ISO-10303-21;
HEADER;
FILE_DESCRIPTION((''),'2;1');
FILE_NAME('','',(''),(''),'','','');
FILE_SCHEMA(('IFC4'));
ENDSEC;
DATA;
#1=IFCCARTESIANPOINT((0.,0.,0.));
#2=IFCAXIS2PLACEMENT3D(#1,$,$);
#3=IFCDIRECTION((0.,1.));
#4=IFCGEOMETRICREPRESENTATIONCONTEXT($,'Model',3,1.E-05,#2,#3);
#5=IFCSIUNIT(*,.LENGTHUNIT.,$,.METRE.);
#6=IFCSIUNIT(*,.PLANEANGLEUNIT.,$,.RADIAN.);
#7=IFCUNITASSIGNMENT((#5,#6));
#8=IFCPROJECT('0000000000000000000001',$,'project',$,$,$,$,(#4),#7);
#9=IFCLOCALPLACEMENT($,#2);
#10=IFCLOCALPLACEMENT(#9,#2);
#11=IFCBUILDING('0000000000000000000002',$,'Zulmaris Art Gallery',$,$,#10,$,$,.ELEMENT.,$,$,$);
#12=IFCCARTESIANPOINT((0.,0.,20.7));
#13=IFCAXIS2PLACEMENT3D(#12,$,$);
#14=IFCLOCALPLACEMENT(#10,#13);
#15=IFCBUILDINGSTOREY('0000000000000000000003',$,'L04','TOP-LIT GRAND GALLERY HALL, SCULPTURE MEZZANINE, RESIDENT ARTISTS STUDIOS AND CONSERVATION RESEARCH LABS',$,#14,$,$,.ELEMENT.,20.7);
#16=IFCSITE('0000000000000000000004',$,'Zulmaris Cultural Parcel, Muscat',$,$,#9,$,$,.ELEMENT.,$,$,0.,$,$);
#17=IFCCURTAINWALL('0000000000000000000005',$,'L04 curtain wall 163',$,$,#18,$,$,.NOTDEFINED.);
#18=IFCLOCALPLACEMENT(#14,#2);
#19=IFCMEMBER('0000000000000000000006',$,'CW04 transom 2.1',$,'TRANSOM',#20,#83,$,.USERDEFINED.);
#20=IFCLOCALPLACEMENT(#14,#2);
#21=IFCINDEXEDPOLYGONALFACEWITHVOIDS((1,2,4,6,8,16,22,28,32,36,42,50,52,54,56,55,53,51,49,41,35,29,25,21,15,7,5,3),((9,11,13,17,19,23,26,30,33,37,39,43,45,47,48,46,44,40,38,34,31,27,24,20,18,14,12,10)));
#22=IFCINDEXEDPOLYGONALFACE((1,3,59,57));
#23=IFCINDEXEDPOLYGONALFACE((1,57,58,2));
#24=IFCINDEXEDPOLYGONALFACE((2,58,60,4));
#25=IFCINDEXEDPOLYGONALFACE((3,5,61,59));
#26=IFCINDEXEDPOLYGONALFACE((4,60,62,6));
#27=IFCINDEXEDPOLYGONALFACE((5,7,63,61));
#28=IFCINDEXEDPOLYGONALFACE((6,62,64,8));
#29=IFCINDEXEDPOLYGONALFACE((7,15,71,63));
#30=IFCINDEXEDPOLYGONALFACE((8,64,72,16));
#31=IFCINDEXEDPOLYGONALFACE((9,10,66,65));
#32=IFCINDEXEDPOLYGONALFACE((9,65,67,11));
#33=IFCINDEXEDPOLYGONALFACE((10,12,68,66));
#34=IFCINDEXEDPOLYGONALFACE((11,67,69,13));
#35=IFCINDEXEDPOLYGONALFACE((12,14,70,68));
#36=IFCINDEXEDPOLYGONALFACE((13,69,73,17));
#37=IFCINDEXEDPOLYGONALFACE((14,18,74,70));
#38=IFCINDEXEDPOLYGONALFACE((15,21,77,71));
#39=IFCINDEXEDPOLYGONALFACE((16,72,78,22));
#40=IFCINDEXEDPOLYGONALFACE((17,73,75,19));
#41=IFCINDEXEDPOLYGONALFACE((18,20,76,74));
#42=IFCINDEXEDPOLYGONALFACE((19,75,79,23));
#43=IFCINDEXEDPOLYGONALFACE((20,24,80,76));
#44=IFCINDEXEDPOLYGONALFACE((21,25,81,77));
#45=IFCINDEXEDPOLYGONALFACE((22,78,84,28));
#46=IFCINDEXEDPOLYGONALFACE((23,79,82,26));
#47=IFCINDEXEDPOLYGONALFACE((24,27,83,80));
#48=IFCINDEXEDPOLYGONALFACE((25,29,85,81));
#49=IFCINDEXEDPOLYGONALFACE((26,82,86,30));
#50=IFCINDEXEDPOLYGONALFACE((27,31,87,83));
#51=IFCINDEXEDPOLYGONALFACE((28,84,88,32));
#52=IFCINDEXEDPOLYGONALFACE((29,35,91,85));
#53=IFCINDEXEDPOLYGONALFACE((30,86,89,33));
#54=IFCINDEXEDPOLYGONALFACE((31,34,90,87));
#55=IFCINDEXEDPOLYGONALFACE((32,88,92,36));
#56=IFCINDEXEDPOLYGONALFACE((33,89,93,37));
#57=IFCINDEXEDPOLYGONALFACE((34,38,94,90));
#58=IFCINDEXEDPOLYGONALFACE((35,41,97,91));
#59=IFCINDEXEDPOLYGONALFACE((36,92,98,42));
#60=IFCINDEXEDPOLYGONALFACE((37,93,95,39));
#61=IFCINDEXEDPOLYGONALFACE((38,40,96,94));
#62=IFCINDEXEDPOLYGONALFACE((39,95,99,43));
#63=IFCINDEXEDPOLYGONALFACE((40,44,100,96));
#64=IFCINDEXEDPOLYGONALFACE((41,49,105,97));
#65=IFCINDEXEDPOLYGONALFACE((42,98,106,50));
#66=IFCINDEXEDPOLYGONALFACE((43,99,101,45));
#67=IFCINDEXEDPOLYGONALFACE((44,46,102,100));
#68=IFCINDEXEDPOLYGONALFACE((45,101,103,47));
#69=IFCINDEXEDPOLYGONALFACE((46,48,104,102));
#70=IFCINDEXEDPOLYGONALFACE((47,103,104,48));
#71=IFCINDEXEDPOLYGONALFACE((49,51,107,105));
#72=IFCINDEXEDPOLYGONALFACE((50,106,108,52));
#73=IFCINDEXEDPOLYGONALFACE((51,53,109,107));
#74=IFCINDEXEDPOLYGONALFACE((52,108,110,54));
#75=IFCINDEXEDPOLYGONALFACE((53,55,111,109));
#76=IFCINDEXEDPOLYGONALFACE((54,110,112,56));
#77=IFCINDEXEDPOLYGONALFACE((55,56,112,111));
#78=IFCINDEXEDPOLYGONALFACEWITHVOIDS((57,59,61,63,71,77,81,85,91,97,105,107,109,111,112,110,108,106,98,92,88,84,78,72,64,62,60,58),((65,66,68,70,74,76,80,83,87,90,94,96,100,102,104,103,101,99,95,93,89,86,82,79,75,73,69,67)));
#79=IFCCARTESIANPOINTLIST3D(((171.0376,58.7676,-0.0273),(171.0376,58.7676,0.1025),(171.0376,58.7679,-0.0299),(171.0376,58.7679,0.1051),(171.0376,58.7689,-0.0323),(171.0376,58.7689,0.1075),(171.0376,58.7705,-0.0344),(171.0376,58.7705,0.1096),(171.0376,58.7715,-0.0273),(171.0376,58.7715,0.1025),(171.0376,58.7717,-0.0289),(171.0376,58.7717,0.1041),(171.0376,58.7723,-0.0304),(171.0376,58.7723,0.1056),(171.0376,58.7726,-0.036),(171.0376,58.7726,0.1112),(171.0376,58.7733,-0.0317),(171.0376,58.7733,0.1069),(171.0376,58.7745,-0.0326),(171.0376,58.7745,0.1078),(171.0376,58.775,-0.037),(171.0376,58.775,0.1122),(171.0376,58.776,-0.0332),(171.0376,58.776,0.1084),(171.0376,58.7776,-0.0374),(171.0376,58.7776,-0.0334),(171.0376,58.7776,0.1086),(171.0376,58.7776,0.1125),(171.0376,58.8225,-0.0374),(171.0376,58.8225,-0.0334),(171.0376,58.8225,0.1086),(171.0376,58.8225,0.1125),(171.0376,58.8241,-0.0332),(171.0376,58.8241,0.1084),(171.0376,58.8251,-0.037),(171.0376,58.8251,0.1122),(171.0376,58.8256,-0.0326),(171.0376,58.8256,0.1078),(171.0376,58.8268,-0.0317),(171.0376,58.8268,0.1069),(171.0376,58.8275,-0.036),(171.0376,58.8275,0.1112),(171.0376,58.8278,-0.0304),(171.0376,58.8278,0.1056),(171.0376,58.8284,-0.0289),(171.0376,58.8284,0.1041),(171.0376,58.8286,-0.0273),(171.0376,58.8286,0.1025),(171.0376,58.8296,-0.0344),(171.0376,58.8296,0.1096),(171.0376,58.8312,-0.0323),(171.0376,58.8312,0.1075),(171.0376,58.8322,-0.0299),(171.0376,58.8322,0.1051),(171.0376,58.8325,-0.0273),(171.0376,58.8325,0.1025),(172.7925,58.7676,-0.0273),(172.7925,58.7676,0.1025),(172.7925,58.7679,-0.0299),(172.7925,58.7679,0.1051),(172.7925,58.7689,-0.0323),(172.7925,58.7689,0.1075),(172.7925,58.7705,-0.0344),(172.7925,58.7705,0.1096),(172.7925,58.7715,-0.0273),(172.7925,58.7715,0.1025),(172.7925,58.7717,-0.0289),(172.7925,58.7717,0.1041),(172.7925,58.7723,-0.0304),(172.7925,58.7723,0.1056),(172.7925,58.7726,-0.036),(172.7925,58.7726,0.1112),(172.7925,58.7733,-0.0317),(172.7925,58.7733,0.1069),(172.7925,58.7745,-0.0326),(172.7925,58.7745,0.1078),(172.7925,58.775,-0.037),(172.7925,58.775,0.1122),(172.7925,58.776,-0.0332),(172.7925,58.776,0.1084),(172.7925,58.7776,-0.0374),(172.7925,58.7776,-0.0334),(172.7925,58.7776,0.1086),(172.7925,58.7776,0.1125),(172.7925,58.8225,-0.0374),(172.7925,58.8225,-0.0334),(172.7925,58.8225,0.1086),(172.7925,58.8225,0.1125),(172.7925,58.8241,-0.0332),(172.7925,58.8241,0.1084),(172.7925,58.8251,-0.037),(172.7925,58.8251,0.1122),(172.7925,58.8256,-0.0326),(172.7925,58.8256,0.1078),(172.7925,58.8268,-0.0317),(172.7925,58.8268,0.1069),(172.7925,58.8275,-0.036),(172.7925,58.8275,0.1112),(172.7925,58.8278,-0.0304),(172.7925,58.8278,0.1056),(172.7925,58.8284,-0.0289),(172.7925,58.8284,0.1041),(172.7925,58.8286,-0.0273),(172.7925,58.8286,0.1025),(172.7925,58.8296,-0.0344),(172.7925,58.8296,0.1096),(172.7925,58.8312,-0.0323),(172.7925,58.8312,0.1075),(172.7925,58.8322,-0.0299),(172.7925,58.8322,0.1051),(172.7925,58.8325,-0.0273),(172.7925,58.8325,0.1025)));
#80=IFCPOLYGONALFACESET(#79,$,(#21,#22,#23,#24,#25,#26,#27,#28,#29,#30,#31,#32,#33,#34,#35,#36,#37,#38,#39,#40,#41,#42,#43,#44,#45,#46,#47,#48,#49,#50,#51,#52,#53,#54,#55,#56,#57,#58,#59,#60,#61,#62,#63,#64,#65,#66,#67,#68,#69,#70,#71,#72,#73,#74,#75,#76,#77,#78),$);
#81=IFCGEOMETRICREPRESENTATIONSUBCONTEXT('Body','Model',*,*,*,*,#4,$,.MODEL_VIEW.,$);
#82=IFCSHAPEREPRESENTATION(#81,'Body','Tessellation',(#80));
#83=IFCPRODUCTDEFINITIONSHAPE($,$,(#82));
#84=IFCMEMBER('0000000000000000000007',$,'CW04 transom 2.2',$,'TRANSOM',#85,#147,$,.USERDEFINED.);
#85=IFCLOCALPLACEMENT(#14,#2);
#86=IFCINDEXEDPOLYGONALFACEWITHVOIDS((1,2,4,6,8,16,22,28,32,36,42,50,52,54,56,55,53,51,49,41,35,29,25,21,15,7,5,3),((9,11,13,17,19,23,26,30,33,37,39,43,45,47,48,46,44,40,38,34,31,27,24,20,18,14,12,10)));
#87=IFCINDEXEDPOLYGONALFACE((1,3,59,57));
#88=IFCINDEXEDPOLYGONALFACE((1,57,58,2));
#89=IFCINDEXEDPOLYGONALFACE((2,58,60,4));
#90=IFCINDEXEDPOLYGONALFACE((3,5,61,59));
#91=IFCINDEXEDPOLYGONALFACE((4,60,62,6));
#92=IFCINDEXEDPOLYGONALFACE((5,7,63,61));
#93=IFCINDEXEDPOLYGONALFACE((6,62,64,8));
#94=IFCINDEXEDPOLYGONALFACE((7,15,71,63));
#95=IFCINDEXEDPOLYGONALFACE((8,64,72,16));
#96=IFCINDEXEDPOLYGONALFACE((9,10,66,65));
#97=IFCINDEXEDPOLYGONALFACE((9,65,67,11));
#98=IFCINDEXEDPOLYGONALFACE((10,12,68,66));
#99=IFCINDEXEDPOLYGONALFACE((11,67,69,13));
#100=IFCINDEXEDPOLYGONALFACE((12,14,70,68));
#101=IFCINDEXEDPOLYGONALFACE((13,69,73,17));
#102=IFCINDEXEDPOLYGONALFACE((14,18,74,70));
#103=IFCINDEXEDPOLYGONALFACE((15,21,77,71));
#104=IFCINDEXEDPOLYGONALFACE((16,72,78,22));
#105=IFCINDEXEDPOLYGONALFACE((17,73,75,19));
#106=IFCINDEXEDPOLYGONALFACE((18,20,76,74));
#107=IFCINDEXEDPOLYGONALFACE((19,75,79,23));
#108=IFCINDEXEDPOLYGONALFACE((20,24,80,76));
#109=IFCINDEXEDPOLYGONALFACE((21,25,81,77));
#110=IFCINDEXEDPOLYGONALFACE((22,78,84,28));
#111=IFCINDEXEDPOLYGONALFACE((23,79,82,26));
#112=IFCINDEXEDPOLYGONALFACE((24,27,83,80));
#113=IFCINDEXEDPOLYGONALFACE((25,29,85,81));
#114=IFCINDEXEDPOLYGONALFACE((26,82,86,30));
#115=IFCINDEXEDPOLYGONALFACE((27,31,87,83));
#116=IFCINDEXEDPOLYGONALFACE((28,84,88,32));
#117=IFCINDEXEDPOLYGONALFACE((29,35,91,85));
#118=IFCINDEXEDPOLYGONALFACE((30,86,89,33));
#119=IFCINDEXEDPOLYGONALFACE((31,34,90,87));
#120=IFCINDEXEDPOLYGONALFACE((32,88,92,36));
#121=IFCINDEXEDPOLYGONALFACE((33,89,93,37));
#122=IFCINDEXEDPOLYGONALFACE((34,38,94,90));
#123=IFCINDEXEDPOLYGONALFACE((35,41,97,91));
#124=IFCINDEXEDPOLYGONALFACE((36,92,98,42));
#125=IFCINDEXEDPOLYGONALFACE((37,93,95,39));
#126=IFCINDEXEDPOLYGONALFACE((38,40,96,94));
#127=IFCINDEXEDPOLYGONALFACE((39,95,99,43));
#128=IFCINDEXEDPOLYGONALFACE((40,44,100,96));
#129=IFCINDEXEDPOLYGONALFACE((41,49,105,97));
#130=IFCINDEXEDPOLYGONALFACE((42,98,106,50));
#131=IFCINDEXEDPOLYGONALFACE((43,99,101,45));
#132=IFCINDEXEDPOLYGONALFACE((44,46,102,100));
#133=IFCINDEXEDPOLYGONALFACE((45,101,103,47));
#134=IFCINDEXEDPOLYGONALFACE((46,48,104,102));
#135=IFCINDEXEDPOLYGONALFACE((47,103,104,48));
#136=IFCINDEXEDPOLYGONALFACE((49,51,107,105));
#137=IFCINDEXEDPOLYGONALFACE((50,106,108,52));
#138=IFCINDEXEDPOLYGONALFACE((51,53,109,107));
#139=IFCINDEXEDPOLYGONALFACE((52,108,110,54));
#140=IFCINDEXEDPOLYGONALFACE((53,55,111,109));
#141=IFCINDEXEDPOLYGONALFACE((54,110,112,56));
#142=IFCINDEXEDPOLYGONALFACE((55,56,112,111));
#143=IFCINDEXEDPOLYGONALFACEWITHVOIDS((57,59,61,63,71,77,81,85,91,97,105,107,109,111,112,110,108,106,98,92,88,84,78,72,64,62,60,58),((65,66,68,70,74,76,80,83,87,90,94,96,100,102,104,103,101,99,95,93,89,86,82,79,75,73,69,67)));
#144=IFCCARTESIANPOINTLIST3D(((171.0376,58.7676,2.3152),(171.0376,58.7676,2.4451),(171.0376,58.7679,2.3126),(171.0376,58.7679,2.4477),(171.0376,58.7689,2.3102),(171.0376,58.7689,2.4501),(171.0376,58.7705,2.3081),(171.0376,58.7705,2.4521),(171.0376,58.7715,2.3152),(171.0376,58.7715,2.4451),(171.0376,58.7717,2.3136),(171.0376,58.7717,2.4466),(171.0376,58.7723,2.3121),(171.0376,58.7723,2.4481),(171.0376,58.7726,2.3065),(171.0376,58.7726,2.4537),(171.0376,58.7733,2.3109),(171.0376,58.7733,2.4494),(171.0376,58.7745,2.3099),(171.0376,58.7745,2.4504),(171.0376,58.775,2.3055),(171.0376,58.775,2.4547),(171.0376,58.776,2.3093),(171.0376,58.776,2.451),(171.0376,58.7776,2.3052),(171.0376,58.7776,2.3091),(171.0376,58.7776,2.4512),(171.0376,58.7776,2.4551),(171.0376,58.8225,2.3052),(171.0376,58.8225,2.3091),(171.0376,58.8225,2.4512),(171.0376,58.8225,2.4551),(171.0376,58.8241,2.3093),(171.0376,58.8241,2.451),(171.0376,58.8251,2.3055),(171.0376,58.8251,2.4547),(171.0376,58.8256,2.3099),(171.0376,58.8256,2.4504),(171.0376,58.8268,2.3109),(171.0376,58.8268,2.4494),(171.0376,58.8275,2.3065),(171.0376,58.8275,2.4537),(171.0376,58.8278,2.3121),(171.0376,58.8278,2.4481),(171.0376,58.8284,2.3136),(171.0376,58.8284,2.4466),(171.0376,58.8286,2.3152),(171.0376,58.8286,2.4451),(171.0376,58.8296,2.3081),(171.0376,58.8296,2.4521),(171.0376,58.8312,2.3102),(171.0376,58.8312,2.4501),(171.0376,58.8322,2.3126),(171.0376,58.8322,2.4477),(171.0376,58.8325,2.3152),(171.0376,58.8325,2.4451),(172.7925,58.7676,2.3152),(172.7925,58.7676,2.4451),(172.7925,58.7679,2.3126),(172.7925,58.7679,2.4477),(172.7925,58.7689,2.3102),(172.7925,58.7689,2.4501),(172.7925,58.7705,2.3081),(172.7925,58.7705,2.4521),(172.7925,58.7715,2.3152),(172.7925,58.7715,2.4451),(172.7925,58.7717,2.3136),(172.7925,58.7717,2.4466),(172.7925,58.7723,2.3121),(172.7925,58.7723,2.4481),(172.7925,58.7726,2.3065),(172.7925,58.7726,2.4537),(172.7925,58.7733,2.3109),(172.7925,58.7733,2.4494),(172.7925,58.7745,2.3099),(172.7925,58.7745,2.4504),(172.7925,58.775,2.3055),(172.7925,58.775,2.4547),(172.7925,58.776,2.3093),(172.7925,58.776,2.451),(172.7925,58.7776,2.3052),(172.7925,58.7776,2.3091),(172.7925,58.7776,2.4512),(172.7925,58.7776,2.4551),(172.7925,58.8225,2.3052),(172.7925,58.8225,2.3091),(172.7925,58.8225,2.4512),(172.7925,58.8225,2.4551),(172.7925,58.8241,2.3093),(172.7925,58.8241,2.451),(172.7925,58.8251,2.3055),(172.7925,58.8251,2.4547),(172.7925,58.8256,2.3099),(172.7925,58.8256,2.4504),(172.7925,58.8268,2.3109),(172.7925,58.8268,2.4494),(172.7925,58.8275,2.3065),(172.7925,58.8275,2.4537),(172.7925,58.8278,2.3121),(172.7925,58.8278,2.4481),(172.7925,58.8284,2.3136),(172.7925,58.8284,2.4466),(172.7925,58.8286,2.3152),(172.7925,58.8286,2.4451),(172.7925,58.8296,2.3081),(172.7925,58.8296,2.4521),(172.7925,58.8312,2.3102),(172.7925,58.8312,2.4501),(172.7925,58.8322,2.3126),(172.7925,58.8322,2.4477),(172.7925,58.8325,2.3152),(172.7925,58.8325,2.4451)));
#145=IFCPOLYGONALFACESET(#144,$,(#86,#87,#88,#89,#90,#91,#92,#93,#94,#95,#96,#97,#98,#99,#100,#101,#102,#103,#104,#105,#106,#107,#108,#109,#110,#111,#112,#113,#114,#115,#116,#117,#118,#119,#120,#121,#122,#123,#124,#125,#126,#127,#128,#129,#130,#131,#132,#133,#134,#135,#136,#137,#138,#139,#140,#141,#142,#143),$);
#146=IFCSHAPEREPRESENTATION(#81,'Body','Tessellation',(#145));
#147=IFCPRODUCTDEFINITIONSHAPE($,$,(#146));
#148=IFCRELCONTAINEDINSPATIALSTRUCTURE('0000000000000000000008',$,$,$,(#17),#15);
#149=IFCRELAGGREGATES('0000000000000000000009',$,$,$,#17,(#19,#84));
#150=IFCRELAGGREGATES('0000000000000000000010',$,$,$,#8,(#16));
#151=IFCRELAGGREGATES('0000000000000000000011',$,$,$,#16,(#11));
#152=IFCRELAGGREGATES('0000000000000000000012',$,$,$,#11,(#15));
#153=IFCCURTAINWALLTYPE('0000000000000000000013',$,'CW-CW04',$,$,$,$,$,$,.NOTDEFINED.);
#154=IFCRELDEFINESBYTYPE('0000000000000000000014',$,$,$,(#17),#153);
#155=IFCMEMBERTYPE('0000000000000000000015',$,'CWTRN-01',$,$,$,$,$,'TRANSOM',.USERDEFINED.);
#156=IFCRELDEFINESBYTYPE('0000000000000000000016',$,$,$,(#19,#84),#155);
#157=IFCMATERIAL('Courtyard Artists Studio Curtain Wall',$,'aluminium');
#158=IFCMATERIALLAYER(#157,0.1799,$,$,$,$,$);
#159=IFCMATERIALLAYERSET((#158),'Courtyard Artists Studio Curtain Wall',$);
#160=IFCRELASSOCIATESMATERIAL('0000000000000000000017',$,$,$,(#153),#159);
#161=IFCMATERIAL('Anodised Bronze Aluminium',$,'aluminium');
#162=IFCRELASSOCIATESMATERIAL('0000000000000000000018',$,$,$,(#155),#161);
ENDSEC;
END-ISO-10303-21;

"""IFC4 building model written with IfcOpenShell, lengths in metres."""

from ifc_helpers import new_model, si_unit, direction, frame, origin, origin_2d, place, context, subcontext, project, spatial, hollow_rectangle, extrude, material, layer, layer_set, material_profile, profile_set, type_object, element, aggregate, save


model = new_model("IFC4")

# Units and contexts
model_context = context("Model", 3, precision=1e-05, world=origin(), true_north=direction((0.0, 1.0)))
body_context = subcontext(model_context, "Body", "Model", "MODEL_VIEW")
ifc_project = project(units=[si_unit("LENGTHUNIT", "METRE"), si_unit("PLANEANGLEUNIT", "RADIAN")], contexts=[model_context])

# Site, building, storey
site_placement = place(None, origin())
site = spatial("IfcSite", under=ifc_project, at=site_placement, Name="Zulmaris Cultural Parcel, Muscat", CompositionType="ELEMENT", RefElevation=0.0)
building_placement = place(site_placement, origin())
building = spatial("IfcBuilding", under=site, at=building_placement, Name="Zulmaris Art Gallery", CompositionType="ELEMENT")
storey_placement = place(building_placement, frame((0.0, 0.0, 20.7)))
storey = spatial("IfcBuildingStorey", under=building, at=storey_placement, Name="L04", Description="TOP-LIT GRAND GALLERY HALL, SCULPTURE MEZZANINE, RESIDENT ARTISTS STUDIOS AND CONSERVATION RESEARCH LABS", CompositionType="ELEMENT", Elevation=20.7)

# Curtain wall, members
ifc_material_1 = material(Name="Courtyard Artists Studio Curtain Wall", Category="aluminium")
ifc_layer_1 = layer(ifc_material_1, 0.1799)
ifc_layer_set_1 = layer_set([ifc_layer_1], Name="Courtyard Artists Studio Curtain Wall")
curtain_wall_type = type_object("IfcCurtainWallType", Name="CW-CW04", PredefinedType="NOTDEFINED", material=ifc_layer_set_1)
curtain_wall_placement = place(storey_placement, origin())
curtain_wall = element("IfcCurtainWall", 1, at=curtain_wall_placement, inside=storey, type_object=curtain_wall_type, Name="L04 curtain wall 163", PredefinedType="NOTDEFINED")
ifc_material_2 = material(Name="Anodised Bronze Aluminium", Category="aluminium")
ifc_material_profile_1 = material_profile(ifc_material_2, hollow_rectangle(XDim=0.0649, YDim=0.1499, WallThickness=0.0039, InnerFilletRadius=0.0061, OuterFilletRadius=0.01, at=origin_2d()), Name="ALU 65x150x4")
ifc_profile_set_1 = profile_set([ifc_material_profile_1], Name="Anodised Bronze Aluminium")
member_type_1 = type_object("IfcMemberType", Name="CWTRN-01", ElementType="TRANSOM", PredefinedType="USERDEFINED", material=ifc_profile_set_1)
member_1_placement = place(storey_placement, frame((172.7925, 58.8, 0.0376), z_axis=(-1.0, 0.0, 0.0), x_axis=(0.0, -1.0, 0.0)))
member_1 = element("IfcMember", 2, at=member_1_placement, type_object=member_type_1, Name="CW04 transom 2.1", ObjectType="TRANSOM", PredefinedType="USERDEFINED", context=body_context, shape_type="SweptSolid", body=[
    extrude(hollow_rectangle(XDim=0.0649, YDim=0.1499, WallThickness=0.0039, InnerFilletRadius=0.0061, OuterFilletRadius=0.01, at=origin_2d()), origin(), (0.0, 0.0, 1.0), 1.7549),
])
member_2_placement = place(storey_placement, frame((172.7925, 58.8, 2.3801), z_axis=(-1.0, 0.0, 0.0), x_axis=(0.0, -1.0, 0.0)))
member_2 = element("IfcMember", 3, at=member_2_placement, type_object=member_type_1, Name="CW04 transom 2.2", ObjectType="TRANSOM", PredefinedType="USERDEFINED", context=body_context, shape_type="SweptSolid", body=[
    extrude(hollow_rectangle(XDim=0.0649, YDim=0.1499, WallThickness=0.0039, InnerFilletRadius=0.0061, OuterFilletRadius=0.01, at=origin_2d()), origin(), (0.0, 0.0, 1.0), 1.7549),
])
aggregate(curtain_wall, [member_1, member_2])

save(model, "model.ifc")
